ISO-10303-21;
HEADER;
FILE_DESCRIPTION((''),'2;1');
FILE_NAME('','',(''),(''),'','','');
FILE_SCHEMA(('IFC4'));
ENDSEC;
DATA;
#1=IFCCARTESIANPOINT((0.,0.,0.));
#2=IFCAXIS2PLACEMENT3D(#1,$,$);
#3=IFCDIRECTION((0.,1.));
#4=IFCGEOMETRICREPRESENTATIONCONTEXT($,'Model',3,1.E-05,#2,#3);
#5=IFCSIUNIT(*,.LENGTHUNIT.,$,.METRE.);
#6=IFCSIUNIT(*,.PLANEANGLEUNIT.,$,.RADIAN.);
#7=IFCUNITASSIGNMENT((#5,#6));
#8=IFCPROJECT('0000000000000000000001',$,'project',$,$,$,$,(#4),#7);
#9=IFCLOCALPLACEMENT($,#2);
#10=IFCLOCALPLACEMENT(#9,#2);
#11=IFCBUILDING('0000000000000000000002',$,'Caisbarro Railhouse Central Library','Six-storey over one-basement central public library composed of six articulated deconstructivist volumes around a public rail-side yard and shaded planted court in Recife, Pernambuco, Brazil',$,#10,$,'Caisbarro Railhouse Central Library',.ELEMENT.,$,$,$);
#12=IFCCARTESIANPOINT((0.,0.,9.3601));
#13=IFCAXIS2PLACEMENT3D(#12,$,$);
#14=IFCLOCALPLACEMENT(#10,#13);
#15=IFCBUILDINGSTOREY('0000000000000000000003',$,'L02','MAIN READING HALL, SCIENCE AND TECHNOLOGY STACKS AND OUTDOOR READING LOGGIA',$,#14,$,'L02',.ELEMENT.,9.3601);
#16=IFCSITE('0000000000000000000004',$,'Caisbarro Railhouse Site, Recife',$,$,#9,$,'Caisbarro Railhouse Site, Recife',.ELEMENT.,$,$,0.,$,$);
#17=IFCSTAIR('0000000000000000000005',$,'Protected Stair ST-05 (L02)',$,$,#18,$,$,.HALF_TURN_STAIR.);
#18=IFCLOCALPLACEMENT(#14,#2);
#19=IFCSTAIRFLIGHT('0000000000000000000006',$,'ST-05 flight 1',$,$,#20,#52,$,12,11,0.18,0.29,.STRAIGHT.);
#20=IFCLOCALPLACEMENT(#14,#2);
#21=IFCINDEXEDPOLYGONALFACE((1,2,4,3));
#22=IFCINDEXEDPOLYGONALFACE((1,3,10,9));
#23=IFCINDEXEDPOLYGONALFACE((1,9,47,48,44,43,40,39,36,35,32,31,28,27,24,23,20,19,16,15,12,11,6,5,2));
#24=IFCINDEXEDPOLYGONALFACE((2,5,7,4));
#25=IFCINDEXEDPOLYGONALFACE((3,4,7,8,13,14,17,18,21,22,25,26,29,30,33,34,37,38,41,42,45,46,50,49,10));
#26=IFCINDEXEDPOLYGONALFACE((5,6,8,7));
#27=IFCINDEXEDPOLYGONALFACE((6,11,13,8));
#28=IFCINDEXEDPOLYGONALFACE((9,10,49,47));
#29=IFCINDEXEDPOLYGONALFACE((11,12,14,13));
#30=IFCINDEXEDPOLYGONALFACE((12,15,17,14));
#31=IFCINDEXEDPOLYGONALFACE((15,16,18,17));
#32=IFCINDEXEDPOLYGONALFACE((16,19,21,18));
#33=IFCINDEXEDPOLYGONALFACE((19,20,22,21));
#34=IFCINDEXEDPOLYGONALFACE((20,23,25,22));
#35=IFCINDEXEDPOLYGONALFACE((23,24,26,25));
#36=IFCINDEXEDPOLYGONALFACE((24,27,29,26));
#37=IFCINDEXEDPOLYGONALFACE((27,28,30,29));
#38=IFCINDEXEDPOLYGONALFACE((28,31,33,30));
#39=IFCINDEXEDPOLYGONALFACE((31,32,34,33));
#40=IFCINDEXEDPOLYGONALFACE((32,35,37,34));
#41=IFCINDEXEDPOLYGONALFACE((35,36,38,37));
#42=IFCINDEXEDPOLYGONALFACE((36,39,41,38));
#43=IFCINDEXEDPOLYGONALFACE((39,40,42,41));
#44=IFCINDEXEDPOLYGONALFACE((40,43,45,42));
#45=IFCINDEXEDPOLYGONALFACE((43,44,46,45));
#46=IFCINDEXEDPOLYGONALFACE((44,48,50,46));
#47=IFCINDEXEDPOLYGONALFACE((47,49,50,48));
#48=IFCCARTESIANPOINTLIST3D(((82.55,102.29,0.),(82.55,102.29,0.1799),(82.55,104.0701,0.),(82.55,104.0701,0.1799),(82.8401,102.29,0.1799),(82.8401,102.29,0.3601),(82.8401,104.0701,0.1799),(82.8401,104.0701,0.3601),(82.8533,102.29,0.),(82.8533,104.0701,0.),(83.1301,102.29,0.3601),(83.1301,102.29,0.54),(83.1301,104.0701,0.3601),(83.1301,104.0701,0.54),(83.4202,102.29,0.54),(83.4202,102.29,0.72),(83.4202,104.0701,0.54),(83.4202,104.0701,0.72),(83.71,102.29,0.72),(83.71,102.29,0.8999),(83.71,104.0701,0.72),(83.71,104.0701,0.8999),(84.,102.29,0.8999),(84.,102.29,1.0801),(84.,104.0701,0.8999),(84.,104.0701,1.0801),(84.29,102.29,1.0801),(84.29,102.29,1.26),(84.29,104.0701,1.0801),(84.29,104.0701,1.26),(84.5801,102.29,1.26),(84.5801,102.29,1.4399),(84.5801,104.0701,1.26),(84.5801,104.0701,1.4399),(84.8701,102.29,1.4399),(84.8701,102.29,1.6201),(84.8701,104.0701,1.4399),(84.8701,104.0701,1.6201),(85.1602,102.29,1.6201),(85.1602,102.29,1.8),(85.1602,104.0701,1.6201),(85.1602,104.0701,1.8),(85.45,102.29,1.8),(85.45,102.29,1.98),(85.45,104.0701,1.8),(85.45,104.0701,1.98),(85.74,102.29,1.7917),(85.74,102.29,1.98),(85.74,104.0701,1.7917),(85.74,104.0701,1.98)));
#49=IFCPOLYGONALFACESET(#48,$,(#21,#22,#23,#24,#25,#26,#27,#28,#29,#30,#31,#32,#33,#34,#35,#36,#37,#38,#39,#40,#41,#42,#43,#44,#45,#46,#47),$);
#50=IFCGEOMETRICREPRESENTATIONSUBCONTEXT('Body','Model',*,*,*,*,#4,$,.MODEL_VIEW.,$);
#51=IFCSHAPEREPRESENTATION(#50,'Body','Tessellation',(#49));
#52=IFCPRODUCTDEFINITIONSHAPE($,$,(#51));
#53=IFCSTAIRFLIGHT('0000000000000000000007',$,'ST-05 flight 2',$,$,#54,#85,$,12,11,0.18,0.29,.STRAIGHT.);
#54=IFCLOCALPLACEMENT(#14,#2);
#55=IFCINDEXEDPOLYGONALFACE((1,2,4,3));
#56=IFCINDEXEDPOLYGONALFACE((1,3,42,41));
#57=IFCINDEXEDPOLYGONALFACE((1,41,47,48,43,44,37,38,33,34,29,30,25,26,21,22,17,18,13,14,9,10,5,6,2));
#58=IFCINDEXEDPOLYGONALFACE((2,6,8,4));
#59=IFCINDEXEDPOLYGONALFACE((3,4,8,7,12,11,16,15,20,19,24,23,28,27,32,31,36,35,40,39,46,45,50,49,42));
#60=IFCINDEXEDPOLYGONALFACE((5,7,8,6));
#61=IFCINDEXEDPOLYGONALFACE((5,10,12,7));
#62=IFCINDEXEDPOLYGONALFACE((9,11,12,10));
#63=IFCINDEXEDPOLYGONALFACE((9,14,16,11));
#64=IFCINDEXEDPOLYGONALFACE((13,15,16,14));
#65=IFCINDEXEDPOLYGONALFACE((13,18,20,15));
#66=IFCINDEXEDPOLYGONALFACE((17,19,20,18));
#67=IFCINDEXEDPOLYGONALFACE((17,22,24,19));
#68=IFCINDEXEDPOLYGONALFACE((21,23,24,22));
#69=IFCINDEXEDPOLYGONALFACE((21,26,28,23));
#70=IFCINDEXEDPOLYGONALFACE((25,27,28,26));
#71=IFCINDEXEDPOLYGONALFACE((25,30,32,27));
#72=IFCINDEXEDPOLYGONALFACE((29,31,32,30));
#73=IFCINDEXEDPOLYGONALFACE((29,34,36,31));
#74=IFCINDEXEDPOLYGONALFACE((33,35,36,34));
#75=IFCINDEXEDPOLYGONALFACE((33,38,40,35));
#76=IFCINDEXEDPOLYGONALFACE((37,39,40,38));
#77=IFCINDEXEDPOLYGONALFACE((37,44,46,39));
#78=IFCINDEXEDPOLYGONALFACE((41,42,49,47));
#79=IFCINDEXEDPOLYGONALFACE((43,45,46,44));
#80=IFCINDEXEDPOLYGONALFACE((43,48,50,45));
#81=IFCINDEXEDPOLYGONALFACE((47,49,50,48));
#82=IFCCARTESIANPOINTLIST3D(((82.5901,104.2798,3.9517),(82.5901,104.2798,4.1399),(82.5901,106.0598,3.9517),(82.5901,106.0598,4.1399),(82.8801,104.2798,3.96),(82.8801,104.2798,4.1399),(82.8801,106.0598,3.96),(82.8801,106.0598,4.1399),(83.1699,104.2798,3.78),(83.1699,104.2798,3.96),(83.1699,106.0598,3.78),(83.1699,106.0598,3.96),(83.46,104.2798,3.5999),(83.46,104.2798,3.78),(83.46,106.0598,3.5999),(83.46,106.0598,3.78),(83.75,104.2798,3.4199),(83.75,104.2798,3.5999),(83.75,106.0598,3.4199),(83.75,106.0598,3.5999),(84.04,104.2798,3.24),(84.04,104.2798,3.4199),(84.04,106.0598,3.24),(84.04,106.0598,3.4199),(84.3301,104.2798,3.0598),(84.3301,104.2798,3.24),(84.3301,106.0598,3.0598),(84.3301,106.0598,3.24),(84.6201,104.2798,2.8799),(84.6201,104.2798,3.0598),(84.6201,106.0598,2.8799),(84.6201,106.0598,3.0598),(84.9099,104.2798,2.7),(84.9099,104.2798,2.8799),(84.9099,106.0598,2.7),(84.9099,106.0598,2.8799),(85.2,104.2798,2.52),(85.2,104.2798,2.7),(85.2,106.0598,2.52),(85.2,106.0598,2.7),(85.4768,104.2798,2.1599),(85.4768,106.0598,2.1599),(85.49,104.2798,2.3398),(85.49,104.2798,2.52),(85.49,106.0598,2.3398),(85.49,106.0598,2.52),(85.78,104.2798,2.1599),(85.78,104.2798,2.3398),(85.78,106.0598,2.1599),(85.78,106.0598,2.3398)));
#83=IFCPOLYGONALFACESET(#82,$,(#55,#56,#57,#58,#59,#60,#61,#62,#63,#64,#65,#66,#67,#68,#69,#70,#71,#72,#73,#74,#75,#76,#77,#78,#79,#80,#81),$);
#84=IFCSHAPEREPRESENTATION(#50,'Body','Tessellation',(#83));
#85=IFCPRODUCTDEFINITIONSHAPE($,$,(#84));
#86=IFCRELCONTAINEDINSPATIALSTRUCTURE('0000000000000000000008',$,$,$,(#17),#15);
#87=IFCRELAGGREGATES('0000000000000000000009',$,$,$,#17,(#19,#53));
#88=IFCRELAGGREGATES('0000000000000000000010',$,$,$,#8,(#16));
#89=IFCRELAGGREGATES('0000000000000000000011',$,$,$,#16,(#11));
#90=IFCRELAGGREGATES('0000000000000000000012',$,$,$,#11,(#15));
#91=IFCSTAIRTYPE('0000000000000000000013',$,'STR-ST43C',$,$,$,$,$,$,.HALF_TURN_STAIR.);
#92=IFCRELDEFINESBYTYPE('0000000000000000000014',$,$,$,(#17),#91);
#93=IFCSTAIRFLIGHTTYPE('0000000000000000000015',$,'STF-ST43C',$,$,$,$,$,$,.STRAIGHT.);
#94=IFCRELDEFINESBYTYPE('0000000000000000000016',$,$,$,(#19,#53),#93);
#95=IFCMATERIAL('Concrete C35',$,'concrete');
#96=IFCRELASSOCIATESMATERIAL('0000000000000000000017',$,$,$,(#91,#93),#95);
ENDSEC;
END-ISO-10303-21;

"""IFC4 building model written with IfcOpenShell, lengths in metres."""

from ifc_helpers import new_model, si_unit, direction, frame, origin, place, context, subcontext, project, spatial, polyline, outline, extrude, material, type_object, element, aggregate, save


model = new_model("IFC4")

# Units and contexts
model_context = context("Model", 3, precision=1e-05, world=origin(), true_north=direction((0.0, 1.0)))
body_context = subcontext(model_context, "Body", "Model", "MODEL_VIEW")
ifc_project = project(units=[si_unit("LENGTHUNIT", "METRE"), si_unit("PLANEANGLEUNIT", "RADIAN")], contexts=[model_context])

# Site, building, storey
site_placement = place(None, origin())
site = spatial("IfcSite", under=ifc_project, at=site_placement, Name="Caisbarro Railhouse Site, Recife", LongName="Caisbarro Railhouse Site, Recife", CompositionType="ELEMENT", RefElevation=0.0)
building_placement = place(site_placement, origin())
building = spatial("IfcBuilding", under=site, at=building_placement, Name="Caisbarro Railhouse Central Library", Description="Six-storey over one-basement central public library composed of six articulated deconstructivist volumes around a public rail-side yard and shaded planted court in Recife, Pernambuco, Brazil", LongName="Caisbarro Railhouse Central Library", CompositionType="ELEMENT")
storey_placement = place(building_placement, frame((0.0, 0.0, 9.3601)))
storey = spatial("IfcBuildingStorey", under=building, at=storey_placement, Name="L02", Description="MAIN READING HALL, SCIENCE AND TECHNOLOGY STACKS AND OUTDOOR READING LOGGIA", LongName="L02", CompositionType="ELEMENT", Elevation=9.3601)

# Stair, stair flights
ifc_material_1 = material(Name="Concrete C35", Category="concrete")
stair_type = type_object("IfcStairType", Name="STR-ST43C", PredefinedType="HALF_TURN_STAIR", material=ifc_material_1)
stair_placement = place(storey_placement, origin())
stair = element("IfcStair", 1, at=stair_placement, inside=storey, type_object=stair_type, Name="Protected Stair ST-05 (L02)", PredefinedType="HALF_TURN_STAIR")
stair_flight_type = type_object("IfcStairFlightType", Name="STF-ST43C", PredefinedType="STRAIGHT", material=ifc_material_1)
stair_flight_1_placement = place(storey_placement, frame((82.55, 103.1799, 0.0), z_axis=(0.0, 0.0, 1.0), x_axis=(1.0, 0.0, 0.0)))
stair_flight_1 = element("IfcStairFlight", 2, at=stair_flight_1_placement, type_object=stair_flight_type, Name="ST-05 flight 1", NumberOfRisers=12, NumberOfTreads=11, PredefinedType="STRAIGHT", RiserHeight=0.18, TreadLength=0.29, context=body_context, shape_type="SweptSolid", body=[
    extrude(outline(polyline([(0.0, 0.0), (0.0, 0.1799), (0.29, 0.1799), (0.29, 0.3601), (0.5801, 0.3601), (0.5801, 0.54), (0.8701, 0.54), (0.8701, 0.72), (1.1599, 0.72), (1.1599, 0.8999), (1.45, 0.8999), (1.45, 1.0801), (1.74, 1.0801), (1.74, 1.26), (2.03, 1.26), (2.03, 1.4399), (2.3201, 1.4399), (2.3201, 1.6201), (2.6101, 1.6201), (2.6101, 1.8), (2.8999, 1.8), (2.8999, 1.98), (3.1899, 1.98), (3.1899, 2.1599), (3.1899, 1.7917), (0.3032, 0.0), (0.0, 0.0)])), frame((0.0, 0.8901, 0.0), z_axis=(0.0, -1.0, 0.0), x_axis=(1.0, 0.0, 0.0)), (0.0, 0.0, 1.0), 1.78),
])
stair_flight_2_placement = place(storey_placement, frame((85.78, 105.1699, 2.1599), z_axis=(0.0, 0.0, 1.0), x_axis=(-1.0, 0.0, 0.0)))
stair_flight_2 = element("IfcStairFlight", 3, at=stair_flight_2_placement, type_object=stair_flight_type, Name="ST-05 flight 2", NumberOfRisers=12, NumberOfTreads=11, PredefinedType="STRAIGHT", RiserHeight=0.18, TreadLength=0.29, context=body_context, shape_type="SweptSolid", body=[
    extrude(outline(polyline([(0.0, 0.0), (0.0, 0.1799), (0.29, 0.1799), (0.29, 0.3601), (0.5801, 0.3601), (0.5801, 0.54), (0.8701, 0.54), (0.8701, 0.72), (1.1599, 0.72), (1.1599, 0.8999), (1.45, 0.8999), (1.45, 1.0801), (1.74, 1.0801), (1.74, 1.26), (2.03, 1.26), (2.03, 1.4399), (2.3201, 1.4399), (2.3201, 1.6201), (2.6101, 1.6201), (2.6101, 1.8), (2.8999, 1.8), (2.8999, 1.98), (3.1899, 1.98), (3.1899, 2.1599), (3.1899, 1.7917), (0.3032, 0.0), (0.0, 0.0)])), frame((0.0, 0.8901, 0.0), z_axis=(0.0, -1.0, 0.0), x_axis=(1.0, 0.0, 0.0)), (0.0, 0.0, 1.0), 1.78),
])
aggregate(stair, [stair_flight_1, stair_flight_2])

save(model, "model.ifc")
